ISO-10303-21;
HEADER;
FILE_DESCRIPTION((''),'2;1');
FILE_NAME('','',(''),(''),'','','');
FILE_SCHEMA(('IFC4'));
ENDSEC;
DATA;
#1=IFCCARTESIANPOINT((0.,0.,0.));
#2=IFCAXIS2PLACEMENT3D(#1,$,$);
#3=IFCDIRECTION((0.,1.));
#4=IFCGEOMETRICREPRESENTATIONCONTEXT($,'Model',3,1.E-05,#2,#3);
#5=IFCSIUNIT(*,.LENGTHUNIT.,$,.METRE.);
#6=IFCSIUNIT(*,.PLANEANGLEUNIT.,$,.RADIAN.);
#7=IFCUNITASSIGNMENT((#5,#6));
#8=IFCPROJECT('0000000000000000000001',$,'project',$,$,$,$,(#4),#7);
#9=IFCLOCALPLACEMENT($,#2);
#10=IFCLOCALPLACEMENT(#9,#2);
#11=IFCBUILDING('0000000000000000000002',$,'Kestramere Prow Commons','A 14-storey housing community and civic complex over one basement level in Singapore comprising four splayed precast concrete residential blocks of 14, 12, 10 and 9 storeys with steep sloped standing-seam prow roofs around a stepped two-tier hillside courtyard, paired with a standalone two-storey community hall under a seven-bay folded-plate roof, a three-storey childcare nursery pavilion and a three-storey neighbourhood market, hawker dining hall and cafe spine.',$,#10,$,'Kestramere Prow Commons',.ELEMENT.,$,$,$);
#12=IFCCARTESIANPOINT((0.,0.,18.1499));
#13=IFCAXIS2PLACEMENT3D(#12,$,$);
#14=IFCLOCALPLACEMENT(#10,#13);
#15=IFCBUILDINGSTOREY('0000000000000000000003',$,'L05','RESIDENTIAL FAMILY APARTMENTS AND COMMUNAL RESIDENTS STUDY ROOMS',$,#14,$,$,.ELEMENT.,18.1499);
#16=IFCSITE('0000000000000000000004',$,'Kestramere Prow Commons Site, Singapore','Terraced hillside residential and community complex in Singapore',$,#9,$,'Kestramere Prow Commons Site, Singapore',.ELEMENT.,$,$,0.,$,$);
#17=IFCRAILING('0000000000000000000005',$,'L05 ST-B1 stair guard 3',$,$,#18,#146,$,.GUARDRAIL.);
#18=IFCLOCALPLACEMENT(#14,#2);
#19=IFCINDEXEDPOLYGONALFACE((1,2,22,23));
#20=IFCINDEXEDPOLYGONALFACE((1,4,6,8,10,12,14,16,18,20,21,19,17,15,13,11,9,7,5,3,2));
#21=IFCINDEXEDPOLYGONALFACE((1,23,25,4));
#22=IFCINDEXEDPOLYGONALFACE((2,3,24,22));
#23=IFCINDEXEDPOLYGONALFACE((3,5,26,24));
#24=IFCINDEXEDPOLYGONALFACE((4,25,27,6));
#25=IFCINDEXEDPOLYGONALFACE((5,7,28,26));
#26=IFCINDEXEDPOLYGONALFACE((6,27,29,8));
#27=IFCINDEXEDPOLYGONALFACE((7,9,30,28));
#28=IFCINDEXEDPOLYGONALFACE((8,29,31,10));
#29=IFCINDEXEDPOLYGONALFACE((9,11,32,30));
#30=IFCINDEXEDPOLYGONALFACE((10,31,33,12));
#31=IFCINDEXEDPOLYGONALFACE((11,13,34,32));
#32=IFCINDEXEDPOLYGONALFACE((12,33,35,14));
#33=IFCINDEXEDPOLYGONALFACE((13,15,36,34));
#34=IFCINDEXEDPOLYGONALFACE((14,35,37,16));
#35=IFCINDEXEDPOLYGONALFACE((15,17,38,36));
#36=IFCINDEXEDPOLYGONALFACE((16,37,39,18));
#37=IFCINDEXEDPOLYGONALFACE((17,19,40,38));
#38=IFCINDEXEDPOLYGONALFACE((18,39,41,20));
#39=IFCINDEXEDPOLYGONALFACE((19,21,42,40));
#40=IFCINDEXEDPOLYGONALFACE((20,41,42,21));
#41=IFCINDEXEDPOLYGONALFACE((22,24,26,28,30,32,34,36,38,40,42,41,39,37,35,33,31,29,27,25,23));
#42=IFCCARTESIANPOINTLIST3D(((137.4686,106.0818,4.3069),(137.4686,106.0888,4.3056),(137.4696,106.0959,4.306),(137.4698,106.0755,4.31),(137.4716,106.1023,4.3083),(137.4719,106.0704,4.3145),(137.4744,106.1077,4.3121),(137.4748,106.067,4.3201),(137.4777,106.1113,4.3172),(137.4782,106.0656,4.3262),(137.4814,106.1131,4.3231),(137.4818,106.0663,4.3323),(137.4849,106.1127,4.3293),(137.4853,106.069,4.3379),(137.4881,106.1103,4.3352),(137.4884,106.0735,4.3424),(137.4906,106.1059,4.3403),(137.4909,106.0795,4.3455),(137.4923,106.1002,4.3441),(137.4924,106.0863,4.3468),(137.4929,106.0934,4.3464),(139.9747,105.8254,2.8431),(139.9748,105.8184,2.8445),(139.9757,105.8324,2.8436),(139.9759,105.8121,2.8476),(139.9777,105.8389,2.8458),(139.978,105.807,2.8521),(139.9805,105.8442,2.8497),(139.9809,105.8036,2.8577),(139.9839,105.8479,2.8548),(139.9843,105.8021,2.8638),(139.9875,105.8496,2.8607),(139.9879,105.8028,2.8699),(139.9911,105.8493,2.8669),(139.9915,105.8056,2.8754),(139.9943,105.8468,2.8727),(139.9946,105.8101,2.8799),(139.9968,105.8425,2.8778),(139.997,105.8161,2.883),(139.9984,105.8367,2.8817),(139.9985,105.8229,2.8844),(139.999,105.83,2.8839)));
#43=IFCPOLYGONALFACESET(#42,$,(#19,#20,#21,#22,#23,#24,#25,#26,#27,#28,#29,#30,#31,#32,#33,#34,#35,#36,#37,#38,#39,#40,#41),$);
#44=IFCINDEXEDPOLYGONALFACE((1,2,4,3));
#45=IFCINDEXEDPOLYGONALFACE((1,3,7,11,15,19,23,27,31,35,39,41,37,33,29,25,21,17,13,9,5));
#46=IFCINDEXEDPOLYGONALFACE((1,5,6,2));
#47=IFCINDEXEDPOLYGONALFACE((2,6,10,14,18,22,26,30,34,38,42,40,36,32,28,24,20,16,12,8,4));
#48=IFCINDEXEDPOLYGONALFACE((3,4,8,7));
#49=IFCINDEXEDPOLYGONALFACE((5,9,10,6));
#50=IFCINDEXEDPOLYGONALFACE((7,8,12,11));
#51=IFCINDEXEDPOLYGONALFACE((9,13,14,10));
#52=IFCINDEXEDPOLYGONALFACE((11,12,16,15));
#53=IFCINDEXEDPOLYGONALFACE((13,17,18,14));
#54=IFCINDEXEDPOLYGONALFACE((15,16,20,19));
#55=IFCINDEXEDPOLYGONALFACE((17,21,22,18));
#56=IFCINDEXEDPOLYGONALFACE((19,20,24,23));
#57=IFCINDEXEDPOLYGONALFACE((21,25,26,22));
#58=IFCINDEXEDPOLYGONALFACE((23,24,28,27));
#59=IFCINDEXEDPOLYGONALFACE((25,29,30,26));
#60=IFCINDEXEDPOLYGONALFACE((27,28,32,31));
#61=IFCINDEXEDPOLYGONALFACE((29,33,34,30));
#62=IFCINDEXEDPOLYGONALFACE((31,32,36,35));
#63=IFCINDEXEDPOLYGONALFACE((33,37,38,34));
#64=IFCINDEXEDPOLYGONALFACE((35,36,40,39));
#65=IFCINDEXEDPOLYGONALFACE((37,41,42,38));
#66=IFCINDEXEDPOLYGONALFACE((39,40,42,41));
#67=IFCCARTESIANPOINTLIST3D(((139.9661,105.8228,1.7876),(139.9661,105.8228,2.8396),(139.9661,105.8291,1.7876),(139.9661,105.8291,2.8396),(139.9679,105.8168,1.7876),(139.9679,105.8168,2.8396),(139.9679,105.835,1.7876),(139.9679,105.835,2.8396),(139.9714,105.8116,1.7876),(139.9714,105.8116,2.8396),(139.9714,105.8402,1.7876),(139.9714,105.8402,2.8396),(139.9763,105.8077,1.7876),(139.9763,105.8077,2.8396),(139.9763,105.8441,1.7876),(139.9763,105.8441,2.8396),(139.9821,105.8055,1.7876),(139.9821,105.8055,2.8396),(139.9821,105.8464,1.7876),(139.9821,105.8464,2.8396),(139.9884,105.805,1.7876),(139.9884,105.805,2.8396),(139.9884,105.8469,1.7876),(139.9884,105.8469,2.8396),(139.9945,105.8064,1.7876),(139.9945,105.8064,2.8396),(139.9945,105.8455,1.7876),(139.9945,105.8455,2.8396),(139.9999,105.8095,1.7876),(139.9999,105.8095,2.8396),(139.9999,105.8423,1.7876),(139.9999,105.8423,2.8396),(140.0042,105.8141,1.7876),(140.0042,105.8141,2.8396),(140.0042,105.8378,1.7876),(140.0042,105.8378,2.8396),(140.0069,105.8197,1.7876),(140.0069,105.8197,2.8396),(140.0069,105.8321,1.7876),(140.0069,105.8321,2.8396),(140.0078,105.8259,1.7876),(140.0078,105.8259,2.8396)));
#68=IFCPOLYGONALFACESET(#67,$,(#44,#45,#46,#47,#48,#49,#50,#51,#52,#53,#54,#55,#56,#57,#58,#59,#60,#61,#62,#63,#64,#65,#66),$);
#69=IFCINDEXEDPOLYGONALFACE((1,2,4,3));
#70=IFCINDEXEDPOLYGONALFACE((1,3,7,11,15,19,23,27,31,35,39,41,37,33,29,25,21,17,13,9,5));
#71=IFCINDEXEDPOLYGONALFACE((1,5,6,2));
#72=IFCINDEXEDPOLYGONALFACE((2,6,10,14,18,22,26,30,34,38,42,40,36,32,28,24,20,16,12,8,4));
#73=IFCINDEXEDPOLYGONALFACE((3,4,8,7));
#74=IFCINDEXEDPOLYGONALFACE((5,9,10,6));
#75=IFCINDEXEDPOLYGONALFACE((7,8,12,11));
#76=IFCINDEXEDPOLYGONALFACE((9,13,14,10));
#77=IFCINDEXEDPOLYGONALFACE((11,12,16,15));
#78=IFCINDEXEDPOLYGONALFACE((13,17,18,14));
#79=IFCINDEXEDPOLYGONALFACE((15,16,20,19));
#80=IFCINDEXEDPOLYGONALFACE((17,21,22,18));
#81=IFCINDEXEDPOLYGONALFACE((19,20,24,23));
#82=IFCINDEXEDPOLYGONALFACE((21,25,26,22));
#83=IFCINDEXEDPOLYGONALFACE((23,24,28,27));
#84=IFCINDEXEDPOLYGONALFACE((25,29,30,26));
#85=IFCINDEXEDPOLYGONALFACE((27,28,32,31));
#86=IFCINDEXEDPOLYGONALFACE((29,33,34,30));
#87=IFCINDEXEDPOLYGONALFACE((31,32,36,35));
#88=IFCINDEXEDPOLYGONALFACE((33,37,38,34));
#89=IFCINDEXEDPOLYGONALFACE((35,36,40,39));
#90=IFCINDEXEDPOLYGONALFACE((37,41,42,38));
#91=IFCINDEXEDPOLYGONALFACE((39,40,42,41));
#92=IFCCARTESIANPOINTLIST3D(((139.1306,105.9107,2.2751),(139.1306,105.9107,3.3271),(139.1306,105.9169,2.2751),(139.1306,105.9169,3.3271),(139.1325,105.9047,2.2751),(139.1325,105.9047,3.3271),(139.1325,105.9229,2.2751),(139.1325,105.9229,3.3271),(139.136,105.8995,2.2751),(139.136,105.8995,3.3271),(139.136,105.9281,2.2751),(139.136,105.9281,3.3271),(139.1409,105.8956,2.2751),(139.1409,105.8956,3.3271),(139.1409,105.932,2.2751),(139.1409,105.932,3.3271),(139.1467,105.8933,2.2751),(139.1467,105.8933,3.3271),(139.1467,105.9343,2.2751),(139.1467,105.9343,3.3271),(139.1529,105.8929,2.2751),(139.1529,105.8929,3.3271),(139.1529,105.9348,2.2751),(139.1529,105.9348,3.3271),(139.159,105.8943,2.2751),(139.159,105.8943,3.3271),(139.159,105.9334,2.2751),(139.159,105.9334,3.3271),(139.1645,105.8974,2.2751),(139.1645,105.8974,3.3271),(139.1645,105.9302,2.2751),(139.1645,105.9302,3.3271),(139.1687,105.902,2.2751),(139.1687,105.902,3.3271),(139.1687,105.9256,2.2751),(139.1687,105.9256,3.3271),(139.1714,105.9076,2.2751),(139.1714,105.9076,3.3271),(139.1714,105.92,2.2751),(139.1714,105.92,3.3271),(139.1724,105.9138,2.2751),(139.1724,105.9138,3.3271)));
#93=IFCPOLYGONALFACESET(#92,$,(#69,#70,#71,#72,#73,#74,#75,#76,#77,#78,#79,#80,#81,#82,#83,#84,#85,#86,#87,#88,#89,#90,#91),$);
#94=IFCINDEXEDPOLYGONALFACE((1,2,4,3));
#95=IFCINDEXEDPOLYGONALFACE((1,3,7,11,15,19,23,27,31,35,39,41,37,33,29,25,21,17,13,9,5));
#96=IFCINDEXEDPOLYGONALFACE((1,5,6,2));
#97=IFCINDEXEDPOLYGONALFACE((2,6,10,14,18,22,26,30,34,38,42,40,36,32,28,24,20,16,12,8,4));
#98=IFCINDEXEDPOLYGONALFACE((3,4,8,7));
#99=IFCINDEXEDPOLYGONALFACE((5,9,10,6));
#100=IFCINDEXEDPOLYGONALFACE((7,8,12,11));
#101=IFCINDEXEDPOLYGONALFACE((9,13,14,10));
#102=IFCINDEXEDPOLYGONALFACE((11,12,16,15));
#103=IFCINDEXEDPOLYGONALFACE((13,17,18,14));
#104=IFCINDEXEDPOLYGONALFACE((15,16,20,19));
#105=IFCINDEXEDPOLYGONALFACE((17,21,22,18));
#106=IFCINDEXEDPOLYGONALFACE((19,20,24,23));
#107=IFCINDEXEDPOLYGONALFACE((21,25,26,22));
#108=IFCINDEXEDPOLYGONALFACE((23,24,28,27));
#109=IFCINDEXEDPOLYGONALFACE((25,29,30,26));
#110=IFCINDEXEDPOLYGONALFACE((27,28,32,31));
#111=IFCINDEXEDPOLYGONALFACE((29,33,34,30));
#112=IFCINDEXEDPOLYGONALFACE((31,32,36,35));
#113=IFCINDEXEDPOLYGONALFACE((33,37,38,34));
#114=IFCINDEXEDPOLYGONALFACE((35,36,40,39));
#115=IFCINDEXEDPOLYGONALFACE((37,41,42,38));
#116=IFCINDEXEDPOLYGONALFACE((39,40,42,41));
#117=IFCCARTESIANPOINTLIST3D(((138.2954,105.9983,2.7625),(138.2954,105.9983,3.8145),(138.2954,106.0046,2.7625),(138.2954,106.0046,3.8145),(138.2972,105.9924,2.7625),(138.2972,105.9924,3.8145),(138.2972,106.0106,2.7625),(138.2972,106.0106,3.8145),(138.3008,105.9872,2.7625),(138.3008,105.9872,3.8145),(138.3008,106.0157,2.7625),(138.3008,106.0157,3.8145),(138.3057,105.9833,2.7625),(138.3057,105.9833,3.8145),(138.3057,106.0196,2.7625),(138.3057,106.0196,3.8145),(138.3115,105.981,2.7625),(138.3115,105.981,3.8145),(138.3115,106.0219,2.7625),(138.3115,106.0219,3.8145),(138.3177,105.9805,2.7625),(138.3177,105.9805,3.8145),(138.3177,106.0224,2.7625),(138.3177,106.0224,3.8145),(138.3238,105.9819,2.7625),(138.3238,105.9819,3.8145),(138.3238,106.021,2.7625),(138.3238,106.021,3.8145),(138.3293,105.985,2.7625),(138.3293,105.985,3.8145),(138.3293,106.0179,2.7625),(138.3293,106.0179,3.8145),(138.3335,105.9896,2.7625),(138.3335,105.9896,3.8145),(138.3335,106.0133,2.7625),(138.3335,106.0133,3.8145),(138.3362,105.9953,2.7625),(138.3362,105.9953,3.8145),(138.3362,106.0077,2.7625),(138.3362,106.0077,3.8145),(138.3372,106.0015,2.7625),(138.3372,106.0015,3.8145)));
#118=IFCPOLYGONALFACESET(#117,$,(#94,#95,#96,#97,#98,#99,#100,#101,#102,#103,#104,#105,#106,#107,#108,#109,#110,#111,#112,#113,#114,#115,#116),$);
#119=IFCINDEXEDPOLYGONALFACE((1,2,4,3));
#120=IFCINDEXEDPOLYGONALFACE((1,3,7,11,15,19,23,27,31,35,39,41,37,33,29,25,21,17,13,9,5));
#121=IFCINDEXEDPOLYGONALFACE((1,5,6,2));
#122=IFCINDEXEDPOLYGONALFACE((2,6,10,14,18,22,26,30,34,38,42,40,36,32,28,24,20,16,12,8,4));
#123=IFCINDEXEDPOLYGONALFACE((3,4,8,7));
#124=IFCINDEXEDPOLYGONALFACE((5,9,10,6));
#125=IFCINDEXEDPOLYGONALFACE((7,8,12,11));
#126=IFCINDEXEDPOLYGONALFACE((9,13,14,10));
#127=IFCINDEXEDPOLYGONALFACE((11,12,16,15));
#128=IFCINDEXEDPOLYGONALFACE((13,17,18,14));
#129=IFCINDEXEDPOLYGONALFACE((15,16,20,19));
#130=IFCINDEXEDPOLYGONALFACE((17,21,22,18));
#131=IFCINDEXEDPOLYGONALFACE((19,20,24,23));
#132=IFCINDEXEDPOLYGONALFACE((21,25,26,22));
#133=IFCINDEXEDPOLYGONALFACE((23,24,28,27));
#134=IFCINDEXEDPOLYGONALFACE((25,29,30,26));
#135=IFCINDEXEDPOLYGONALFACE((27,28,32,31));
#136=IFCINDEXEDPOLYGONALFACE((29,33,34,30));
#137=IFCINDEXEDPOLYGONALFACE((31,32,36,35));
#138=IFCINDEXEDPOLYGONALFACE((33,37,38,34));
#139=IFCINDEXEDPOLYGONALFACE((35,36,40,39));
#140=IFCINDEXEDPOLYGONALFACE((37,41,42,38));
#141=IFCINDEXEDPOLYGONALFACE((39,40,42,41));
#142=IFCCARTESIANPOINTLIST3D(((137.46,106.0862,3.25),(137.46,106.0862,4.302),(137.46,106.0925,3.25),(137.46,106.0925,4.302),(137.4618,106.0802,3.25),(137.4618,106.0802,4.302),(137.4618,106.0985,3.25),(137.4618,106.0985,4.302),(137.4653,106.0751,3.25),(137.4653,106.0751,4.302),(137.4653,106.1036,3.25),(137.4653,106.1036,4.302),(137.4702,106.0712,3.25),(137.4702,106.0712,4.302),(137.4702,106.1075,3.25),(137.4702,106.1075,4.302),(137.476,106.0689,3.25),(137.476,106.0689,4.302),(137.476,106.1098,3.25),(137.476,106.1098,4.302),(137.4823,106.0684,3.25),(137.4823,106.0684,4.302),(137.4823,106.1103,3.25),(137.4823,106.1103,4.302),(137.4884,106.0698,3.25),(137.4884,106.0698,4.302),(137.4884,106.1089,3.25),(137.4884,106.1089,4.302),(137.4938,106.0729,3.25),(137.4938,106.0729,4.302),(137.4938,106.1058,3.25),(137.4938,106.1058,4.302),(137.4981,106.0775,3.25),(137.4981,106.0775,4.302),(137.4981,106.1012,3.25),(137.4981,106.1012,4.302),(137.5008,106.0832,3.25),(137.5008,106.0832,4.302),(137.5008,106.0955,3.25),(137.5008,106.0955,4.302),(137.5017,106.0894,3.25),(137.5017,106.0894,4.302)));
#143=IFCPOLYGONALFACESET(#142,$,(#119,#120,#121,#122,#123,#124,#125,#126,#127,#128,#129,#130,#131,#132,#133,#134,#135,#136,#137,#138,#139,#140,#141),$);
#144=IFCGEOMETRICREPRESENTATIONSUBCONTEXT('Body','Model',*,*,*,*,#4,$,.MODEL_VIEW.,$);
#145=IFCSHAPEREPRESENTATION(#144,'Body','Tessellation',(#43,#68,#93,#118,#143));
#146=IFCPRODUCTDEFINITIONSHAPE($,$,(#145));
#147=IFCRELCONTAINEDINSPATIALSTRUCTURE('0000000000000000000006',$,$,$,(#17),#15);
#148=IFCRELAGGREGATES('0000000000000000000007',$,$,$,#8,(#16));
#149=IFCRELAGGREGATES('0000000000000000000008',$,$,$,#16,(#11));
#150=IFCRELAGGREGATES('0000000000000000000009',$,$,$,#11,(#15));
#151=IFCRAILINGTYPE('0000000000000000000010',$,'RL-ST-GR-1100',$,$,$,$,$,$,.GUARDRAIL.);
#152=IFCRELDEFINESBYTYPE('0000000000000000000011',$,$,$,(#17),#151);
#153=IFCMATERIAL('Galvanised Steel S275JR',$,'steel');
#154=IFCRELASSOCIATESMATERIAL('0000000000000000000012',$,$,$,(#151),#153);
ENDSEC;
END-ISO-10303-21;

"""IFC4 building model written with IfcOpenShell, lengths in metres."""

from ifc_helpers import new_model, si_unit, direction, frame, origin, origin_2d, place, context, subcontext, project, spatial, circle, extrude, material, type_object, element, save


model = new_model("IFC4")

# Units and contexts
model_context = context("Model", 3, precision=1e-05, world=origin(), true_north=direction((0.0, 1.0)))
body_context = subcontext(model_context, "Body", "Model", "MODEL_VIEW")
ifc_project = project(units=[si_unit("LENGTHUNIT", "METRE"), si_unit("PLANEANGLEUNIT", "RADIAN")], contexts=[model_context])

# Site, building, storey
site_placement = place(None, origin())
site = spatial("IfcSite", under=ifc_project, at=site_placement, Name="Kestramere Prow Commons Site, Singapore", Description="Terraced hillside residential and community complex in Singapore", LongName="Kestramere Prow Commons Site, Singapore", CompositionType="ELEMENT", RefElevation=0.0)
building_placement = place(site_placement, origin())
building = spatial("IfcBuilding", under=site, at=building_placement, Name="Kestramere Prow Commons", Description="A 14-storey housing community and civic complex over one basement level in Singapore comprising four splayed precast concrete residential blocks of 14, 12, 10 and 9 storeys with steep sloped standing-seam prow roofs around a stepped two-tier hillside courtyard, paired with a standalone two-storey community hall under a seven-bay folded-plate roof, a three-storey childcare nursery pavilion and a three-storey neighbourhood market, hawker dining hall and cafe spine.", LongName="Kestramere Prow Commons", CompositionType="ELEMENT")
storey_placement = place(building_placement, frame((0.0, 0.0, 18.1499)))
storey = spatial("IfcBuildingStorey", under=building, at=storey_placement, Name="L05", Description="RESIDENTIAL FAMILY APARTMENTS AND COMMUNAL RESIDENTS STUDY ROOMS", CompositionType="ELEMENT", Elevation=18.1499)

# Railing
ifc_material_1 = material(Name="Galvanised Steel S275JR", Category="steel")
railing_type_1 = type_object("IfcRailingType", Name="RL-ST-GR-1100", PredefinedType="GUARDRAIL", material=ifc_material_1)
railing_1_placement = place(storey_placement, frame((139.9868, 105.8259, 1.7876)))
element("IfcRailing", 1, at=railing_1_placement, inside=storey, type_object=railing_type_1, Name="L05 ST-B1 stair guard 3", PredefinedType="GUARDRAIL", context=body_context, shape_type="SweptSolid", body=[
    extrude(circle(Radius=0.0239, at=origin_2d()), frame((0.0, 0.0, 1.0762), z_axis=(-0.860165, 0.090416, 0.501937), x_axis=(-0.104539, -0.994521, 0.0)), (0.0, 0.0, 1.0), 2.9136),
    extrude(circle(Radius=0.021, at=origin_2d()), origin(), (0.0, 0.0, 1.0), 1.052),
    extrude(circle(Radius=0.021, at=origin_2d()), frame((-0.8354, 0.0879, 0.4875)), (0.0, 0.0, 1.0), 1.052),
    extrude(circle(Radius=0.021, at=origin_2d()), frame((-1.6707, 0.1755, 0.9749)), (0.0, 0.0, 1.0), 1.052),
    extrude(circle(Radius=0.021, at=origin_2d()), frame((-2.5061, 0.2634, 1.4624)), (0.0, 0.0, 1.0), 1.052),
])

save(model, "model.ifc")
